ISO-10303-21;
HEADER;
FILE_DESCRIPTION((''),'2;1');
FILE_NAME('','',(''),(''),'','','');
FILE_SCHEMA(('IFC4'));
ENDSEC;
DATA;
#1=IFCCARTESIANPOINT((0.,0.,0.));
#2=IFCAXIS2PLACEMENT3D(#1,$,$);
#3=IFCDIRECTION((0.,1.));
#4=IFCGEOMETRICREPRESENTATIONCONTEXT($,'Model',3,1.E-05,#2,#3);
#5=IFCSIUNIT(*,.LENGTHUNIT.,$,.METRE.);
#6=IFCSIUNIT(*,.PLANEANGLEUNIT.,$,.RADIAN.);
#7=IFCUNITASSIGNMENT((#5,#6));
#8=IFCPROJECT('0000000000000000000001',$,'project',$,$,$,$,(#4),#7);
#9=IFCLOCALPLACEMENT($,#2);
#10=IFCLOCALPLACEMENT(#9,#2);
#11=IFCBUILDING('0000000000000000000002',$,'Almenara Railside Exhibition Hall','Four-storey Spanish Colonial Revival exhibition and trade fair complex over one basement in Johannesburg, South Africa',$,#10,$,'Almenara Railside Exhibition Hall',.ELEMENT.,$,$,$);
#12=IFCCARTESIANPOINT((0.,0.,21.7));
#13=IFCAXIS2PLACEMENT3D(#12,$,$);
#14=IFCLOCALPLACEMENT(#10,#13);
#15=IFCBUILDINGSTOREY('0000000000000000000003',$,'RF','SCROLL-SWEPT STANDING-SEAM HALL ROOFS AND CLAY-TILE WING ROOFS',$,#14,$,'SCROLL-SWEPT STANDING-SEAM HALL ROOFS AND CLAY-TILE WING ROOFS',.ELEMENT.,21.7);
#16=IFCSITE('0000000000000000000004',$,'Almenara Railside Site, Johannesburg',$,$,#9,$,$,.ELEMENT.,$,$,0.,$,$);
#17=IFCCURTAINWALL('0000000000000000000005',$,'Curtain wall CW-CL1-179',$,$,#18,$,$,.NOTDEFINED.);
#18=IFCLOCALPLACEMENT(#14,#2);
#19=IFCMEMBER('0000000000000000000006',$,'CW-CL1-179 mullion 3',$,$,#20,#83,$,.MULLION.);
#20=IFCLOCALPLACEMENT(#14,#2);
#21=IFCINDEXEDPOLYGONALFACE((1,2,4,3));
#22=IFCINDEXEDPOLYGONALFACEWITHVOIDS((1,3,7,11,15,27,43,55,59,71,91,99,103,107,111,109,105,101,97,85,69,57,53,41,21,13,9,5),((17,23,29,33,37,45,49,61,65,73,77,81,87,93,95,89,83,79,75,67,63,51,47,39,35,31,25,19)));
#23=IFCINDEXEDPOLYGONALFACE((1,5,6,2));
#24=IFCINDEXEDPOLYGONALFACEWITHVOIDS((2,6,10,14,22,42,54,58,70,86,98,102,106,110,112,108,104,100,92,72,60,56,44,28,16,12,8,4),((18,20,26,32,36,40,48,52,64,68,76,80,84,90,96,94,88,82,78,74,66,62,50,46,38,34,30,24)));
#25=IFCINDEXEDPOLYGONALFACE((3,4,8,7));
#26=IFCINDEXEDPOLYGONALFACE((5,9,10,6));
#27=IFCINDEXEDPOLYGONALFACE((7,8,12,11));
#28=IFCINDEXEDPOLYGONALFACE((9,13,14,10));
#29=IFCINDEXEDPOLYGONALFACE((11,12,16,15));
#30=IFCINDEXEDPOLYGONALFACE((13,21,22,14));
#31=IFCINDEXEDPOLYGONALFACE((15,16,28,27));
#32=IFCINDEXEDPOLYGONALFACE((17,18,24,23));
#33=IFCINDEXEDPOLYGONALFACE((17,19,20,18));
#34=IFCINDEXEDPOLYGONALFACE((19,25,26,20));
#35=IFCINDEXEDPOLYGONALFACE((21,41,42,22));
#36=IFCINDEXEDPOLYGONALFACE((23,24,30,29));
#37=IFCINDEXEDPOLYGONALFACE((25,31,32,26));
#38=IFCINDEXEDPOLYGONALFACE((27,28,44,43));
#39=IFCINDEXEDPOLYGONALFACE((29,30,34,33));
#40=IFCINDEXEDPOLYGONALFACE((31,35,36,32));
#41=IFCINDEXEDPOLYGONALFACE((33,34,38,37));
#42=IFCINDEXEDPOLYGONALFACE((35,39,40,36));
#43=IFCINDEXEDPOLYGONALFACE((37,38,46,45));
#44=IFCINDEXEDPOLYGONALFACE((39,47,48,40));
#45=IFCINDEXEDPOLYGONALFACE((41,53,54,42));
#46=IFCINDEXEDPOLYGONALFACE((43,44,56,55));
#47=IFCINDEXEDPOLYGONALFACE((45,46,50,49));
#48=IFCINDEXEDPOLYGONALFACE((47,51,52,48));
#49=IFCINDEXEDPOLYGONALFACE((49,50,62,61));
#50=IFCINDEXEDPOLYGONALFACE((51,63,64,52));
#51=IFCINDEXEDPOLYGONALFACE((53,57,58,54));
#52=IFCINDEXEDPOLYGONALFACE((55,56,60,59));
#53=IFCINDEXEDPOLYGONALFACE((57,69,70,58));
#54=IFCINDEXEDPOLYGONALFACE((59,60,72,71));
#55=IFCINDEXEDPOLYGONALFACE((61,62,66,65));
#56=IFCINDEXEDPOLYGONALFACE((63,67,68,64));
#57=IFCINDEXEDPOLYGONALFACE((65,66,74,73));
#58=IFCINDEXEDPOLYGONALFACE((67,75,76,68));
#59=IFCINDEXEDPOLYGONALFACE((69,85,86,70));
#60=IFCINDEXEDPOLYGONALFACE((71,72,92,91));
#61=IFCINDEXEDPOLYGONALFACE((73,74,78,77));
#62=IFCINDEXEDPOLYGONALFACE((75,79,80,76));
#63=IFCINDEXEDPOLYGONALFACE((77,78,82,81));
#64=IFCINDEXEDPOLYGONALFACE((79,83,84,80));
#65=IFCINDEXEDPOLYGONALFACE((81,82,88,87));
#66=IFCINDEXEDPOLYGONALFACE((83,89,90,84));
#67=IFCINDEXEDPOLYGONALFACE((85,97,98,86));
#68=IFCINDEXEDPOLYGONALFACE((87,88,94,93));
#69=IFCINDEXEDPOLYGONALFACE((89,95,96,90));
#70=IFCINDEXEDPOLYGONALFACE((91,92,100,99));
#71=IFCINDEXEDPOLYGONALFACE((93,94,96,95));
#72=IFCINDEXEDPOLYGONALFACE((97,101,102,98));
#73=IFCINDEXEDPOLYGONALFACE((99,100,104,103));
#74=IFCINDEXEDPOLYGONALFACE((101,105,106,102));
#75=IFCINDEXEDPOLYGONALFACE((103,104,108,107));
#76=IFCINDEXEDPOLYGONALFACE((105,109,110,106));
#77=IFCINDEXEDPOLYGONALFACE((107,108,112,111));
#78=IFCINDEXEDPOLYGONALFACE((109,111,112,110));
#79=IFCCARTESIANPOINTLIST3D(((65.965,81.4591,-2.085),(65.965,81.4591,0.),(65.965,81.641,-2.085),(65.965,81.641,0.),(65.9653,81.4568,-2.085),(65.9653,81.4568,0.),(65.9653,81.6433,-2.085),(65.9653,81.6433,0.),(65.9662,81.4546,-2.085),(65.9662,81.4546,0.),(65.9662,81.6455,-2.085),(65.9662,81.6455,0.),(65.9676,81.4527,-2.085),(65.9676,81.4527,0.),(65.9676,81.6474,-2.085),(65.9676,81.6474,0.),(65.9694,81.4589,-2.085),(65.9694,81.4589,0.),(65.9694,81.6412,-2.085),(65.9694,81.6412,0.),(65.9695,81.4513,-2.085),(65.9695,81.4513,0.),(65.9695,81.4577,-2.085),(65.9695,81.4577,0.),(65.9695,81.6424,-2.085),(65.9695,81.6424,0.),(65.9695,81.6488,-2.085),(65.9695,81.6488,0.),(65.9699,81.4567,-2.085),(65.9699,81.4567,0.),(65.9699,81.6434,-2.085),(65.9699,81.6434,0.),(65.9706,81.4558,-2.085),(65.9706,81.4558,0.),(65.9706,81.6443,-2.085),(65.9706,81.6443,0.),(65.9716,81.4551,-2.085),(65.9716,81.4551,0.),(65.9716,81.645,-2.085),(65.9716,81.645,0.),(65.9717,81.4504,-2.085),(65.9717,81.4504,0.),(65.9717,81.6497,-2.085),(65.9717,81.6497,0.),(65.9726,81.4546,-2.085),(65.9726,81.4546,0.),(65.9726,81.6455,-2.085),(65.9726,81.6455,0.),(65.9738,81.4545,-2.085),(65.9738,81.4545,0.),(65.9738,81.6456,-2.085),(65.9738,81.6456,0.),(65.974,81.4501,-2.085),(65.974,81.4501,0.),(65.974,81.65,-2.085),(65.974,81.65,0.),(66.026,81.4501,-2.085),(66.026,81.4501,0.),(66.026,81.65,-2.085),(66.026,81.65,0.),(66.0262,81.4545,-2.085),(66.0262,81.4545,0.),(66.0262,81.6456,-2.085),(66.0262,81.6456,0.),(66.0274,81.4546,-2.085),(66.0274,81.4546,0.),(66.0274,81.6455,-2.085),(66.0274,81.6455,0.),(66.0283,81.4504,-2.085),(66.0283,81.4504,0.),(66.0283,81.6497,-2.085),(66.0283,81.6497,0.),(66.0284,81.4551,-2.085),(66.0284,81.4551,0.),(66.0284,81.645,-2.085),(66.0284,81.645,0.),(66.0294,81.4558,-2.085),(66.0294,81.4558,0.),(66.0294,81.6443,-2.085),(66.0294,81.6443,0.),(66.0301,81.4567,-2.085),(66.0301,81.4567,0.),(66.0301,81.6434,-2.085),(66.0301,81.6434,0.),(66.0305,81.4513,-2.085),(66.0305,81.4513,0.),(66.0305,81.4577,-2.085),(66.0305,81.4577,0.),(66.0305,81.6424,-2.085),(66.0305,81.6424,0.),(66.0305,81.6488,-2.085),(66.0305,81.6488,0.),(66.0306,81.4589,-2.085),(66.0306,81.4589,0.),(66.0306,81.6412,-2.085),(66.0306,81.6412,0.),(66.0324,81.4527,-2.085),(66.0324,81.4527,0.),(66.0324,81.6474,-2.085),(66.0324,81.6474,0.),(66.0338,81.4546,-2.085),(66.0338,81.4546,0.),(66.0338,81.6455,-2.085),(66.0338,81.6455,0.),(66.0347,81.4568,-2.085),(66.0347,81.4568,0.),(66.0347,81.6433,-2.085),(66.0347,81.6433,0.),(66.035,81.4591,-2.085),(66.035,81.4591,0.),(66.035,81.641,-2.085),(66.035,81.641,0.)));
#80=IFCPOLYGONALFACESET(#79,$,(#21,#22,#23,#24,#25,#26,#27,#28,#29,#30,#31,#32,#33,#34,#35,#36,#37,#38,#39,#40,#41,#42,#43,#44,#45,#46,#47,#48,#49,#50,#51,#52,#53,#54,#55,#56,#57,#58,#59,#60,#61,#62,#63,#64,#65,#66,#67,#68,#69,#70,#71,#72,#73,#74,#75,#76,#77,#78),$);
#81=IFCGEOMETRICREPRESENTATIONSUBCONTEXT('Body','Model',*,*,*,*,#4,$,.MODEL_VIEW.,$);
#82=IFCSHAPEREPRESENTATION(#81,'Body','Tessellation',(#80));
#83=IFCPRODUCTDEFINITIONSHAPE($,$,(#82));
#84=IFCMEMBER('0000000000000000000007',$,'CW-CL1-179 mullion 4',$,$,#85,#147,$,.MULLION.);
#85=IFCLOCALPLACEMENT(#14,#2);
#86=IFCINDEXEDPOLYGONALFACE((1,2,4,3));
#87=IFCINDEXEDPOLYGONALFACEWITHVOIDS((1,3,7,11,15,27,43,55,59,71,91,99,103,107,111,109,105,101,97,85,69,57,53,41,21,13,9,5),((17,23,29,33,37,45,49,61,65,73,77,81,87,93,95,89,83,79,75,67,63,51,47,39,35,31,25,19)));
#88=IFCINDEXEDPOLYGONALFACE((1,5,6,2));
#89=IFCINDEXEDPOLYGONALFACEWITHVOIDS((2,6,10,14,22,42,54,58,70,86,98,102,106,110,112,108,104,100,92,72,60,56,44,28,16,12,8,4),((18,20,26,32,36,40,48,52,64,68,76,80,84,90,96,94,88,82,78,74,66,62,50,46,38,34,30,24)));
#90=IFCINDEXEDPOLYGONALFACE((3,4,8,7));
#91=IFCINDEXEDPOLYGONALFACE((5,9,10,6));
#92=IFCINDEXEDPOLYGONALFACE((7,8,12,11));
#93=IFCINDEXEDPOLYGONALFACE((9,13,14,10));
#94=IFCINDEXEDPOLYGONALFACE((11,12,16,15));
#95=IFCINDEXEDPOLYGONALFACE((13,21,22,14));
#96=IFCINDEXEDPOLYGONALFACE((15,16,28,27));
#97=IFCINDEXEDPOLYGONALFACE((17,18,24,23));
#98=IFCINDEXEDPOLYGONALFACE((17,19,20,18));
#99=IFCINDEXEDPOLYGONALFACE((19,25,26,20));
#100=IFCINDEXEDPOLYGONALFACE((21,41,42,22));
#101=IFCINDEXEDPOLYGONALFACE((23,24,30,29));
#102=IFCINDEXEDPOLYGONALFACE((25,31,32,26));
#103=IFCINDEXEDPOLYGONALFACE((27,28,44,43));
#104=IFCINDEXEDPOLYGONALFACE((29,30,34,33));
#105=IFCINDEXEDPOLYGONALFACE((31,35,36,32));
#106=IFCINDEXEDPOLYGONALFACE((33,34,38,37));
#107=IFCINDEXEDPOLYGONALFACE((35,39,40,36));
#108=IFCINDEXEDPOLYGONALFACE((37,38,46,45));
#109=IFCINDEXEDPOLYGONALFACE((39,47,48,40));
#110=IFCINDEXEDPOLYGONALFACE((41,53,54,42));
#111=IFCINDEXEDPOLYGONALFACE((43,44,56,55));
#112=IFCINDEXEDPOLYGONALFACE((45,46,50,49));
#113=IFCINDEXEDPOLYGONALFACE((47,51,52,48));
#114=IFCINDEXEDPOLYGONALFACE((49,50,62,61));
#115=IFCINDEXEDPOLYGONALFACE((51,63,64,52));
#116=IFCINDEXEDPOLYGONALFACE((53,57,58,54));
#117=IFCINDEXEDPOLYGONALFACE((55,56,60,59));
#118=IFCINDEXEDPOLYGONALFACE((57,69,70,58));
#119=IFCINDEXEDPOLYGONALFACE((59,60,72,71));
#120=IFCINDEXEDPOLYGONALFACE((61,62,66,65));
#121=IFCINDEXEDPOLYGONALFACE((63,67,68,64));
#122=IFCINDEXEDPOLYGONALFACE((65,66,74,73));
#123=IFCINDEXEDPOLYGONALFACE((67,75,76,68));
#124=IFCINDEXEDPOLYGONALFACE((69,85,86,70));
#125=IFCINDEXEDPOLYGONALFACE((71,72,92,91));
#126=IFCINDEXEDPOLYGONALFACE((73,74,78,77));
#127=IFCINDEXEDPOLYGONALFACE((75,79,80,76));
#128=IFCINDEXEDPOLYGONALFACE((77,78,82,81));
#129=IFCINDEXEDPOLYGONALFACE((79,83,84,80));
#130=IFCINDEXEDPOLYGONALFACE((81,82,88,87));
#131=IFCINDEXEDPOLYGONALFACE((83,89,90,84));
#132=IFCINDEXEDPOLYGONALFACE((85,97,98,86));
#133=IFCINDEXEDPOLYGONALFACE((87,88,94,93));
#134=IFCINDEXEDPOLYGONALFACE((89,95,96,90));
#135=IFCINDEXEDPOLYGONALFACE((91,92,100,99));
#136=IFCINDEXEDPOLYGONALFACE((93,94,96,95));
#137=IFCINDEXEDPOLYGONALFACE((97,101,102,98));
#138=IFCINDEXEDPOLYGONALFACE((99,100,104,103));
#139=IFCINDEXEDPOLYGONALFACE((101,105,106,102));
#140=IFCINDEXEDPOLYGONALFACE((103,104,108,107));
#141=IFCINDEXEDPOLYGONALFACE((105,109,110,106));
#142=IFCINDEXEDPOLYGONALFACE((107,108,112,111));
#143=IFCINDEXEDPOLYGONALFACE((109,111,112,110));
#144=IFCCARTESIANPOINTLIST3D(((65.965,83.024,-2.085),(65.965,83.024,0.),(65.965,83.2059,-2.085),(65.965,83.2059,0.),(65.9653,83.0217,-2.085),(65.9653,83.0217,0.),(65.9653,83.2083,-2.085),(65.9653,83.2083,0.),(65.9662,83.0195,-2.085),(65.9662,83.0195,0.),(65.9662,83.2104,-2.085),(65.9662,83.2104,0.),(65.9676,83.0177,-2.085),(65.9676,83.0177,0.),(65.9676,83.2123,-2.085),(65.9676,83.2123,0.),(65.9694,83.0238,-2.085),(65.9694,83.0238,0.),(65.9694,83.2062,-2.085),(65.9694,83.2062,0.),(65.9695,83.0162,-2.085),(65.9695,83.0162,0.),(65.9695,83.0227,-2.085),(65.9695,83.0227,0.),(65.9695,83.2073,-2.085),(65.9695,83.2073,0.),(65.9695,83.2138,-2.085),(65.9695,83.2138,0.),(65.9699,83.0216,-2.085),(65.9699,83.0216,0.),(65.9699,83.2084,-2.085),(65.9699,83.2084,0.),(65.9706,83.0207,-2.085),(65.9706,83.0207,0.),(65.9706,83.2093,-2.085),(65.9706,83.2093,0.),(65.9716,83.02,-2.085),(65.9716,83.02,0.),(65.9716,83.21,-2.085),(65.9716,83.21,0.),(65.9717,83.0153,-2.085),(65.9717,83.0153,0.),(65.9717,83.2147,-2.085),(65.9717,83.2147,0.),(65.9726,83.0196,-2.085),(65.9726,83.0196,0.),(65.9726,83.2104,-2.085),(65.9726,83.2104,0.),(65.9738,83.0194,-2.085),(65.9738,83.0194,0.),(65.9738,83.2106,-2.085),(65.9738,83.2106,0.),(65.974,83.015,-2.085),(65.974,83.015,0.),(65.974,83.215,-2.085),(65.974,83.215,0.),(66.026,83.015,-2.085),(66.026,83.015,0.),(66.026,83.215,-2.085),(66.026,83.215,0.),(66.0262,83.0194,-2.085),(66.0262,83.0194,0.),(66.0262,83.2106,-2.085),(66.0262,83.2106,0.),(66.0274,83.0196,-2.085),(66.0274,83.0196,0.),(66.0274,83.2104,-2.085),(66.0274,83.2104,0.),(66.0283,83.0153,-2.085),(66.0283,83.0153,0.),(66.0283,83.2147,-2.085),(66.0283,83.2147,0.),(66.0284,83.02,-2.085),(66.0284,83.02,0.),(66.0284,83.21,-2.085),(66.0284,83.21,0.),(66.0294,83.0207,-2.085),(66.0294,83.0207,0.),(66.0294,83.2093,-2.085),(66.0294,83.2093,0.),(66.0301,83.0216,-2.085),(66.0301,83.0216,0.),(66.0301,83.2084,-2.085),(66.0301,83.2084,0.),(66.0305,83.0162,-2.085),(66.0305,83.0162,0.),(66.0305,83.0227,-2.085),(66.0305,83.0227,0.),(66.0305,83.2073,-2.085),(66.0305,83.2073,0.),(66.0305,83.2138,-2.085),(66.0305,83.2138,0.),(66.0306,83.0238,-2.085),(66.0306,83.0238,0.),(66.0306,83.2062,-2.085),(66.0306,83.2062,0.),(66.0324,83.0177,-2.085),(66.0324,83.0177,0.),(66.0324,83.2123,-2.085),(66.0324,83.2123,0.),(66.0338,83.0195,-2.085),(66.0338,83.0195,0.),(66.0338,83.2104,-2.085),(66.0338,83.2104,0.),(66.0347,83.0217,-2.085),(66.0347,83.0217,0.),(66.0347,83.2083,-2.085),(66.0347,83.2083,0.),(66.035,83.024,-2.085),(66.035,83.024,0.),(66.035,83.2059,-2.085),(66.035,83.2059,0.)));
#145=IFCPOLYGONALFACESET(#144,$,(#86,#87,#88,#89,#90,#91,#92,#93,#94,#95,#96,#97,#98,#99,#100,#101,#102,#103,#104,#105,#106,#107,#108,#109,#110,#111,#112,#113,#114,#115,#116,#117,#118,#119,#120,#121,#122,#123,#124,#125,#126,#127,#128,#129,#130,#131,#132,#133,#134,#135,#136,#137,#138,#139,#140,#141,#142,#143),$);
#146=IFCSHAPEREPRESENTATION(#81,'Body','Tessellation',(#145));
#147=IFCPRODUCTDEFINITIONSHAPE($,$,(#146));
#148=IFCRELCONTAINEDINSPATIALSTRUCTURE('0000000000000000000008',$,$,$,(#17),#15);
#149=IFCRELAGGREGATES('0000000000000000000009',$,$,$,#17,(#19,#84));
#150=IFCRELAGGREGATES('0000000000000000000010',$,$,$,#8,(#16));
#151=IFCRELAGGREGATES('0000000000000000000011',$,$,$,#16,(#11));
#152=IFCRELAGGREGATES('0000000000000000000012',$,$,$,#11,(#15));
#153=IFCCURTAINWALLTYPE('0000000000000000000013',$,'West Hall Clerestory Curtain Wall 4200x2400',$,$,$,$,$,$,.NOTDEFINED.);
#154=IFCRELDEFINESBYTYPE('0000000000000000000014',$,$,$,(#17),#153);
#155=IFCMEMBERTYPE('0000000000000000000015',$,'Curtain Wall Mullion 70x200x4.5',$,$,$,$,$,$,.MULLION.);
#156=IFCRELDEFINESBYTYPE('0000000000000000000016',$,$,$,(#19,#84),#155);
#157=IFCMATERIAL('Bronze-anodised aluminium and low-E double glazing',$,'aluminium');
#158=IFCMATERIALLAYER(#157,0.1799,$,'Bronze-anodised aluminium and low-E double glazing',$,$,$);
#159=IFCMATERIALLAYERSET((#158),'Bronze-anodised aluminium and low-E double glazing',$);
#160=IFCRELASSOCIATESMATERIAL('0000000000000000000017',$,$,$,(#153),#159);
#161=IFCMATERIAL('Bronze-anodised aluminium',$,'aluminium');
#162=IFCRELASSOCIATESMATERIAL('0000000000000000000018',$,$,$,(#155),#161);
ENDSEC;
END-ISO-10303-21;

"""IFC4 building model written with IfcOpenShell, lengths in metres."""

from ifc_helpers import new_model, si_unit, direction, frame, origin, origin_2d, place, context, subcontext, project, spatial, hollow_rectangle, extrude, material, layer, layer_set, material_profile, profile_set, type_object, element, aggregate, save


model = new_model("IFC4")

# Units and contexts
model_context = context("Model", 3, precision=1e-05, world=origin(), true_north=direction((0.0, 1.0)))
body_context = subcontext(model_context, "Body", "Model", "MODEL_VIEW")
ifc_project = project(units=[si_unit("LENGTHUNIT", "METRE"), si_unit("PLANEANGLEUNIT", "RADIAN")], contexts=[model_context])

# Site, building, storey
site_placement = place(None, origin())
site = spatial("IfcSite", under=ifc_project, at=site_placement, Name="Almenara Railside Site, Johannesburg", CompositionType="ELEMENT", RefElevation=0.0)
building_placement = place(site_placement, origin())
building = spatial("IfcBuilding", under=site, at=building_placement, Name="Almenara Railside Exhibition Hall", Description="Four-storey Spanish Colonial Revival exhibition and trade fair complex over one basement in Johannesburg, South Africa", LongName="Almenara Railside Exhibition Hall", CompositionType="ELEMENT")
storey_placement = place(building_placement, frame((0.0, 0.0, 21.7)))
storey = spatial("IfcBuildingStorey", under=building, at=storey_placement, Name="RF", Description="SCROLL-SWEPT STANDING-SEAM HALL ROOFS AND CLAY-TILE WING ROOFS", LongName="SCROLL-SWEPT STANDING-SEAM HALL ROOFS AND CLAY-TILE WING ROOFS", CompositionType="ELEMENT", Elevation=21.7)

# Curtain wall, members
ifc_material_1 = material(Name="Bronze-anodised aluminium and low-E double glazing", Category="aluminium")
ifc_layer_1 = layer(ifc_material_1, 0.1799, Name="Bronze-anodised aluminium and low-E double glazing")
ifc_layer_set_1 = layer_set([ifc_layer_1], Name="Bronze-anodised aluminium and low-E double glazing")
curtain_wall_type = type_object("IfcCurtainWallType", Name="West Hall Clerestory Curtain Wall 4200x2400", PredefinedType="NOTDEFINED", material=ifc_layer_set_1)
ifc_material_2 = material(Name="Bronze-anodised aluminium", Category="aluminium")
curtain_wall_1_placement = place(storey_placement, origin())
curtain_wall_1 = element("IfcCurtainWall", 1, at=curtain_wall_1_placement, inside=storey, type_object=curtain_wall_type, Name="Curtain wall CW-CL1-179", PredefinedType="NOTDEFINED")
ifc_material_profile_1 = material_profile(ifc_material_2, hollow_rectangle(XDim=0.0701, YDim=0.2, WallThickness=0.0044, InnerFilletRadius=0.0044, OuterFilletRadius=0.009, at=origin_2d()), Name="ALU-MUL 70x200x4.5")
ifc_profile_set_1 = profile_set([ifc_material_profile_1], Name="Bronze-anodised aluminium")
member_type_1 = type_object("IfcMemberType", Name="Curtain Wall Mullion 70x200x4.5", PredefinedType="MULLION", material=ifc_profile_set_1)
member_1_placement = place(storey_placement, frame((66.0, 81.55, -2.085), z_axis=(0.0, 0.0, 1.0), x_axis=(-1.0, 0.0, 0.0)))
member_1 = element("IfcMember", 2, at=member_1_placement, type_object=member_type_1, Name="CW-CL1-179 mullion 3", PredefinedType="MULLION", context=body_context, shape_type="SweptSolid", body=[
    extrude(hollow_rectangle(XDim=0.0701, YDim=0.2, WallThickness=0.0044, InnerFilletRadius=0.0044, OuterFilletRadius=0.009, at=origin_2d()), origin(), (0.0, 0.0, 1.0), 2.085),
])
member_2_placement = place(storey_placement, frame((66.0, 83.115, -2.085), z_axis=(0.0, 0.0, 1.0), x_axis=(-1.0, 0.0, 0.0)))
member_2 = element("IfcMember", 3, at=member_2_placement, type_object=member_type_1, Name="CW-CL1-179 mullion 4", PredefinedType="MULLION", context=body_context, shape_type="SweptSolid", body=[
    extrude(hollow_rectangle(XDim=0.0701, YDim=0.2, WallThickness=0.0044, InnerFilletRadius=0.0044, OuterFilletRadius=0.009, at=origin_2d()), origin(), (0.0, 0.0, 1.0), 2.085),
])

aggregate(curtain_wall_1, [member_1, member_2])

save(model, "model.ifc")
